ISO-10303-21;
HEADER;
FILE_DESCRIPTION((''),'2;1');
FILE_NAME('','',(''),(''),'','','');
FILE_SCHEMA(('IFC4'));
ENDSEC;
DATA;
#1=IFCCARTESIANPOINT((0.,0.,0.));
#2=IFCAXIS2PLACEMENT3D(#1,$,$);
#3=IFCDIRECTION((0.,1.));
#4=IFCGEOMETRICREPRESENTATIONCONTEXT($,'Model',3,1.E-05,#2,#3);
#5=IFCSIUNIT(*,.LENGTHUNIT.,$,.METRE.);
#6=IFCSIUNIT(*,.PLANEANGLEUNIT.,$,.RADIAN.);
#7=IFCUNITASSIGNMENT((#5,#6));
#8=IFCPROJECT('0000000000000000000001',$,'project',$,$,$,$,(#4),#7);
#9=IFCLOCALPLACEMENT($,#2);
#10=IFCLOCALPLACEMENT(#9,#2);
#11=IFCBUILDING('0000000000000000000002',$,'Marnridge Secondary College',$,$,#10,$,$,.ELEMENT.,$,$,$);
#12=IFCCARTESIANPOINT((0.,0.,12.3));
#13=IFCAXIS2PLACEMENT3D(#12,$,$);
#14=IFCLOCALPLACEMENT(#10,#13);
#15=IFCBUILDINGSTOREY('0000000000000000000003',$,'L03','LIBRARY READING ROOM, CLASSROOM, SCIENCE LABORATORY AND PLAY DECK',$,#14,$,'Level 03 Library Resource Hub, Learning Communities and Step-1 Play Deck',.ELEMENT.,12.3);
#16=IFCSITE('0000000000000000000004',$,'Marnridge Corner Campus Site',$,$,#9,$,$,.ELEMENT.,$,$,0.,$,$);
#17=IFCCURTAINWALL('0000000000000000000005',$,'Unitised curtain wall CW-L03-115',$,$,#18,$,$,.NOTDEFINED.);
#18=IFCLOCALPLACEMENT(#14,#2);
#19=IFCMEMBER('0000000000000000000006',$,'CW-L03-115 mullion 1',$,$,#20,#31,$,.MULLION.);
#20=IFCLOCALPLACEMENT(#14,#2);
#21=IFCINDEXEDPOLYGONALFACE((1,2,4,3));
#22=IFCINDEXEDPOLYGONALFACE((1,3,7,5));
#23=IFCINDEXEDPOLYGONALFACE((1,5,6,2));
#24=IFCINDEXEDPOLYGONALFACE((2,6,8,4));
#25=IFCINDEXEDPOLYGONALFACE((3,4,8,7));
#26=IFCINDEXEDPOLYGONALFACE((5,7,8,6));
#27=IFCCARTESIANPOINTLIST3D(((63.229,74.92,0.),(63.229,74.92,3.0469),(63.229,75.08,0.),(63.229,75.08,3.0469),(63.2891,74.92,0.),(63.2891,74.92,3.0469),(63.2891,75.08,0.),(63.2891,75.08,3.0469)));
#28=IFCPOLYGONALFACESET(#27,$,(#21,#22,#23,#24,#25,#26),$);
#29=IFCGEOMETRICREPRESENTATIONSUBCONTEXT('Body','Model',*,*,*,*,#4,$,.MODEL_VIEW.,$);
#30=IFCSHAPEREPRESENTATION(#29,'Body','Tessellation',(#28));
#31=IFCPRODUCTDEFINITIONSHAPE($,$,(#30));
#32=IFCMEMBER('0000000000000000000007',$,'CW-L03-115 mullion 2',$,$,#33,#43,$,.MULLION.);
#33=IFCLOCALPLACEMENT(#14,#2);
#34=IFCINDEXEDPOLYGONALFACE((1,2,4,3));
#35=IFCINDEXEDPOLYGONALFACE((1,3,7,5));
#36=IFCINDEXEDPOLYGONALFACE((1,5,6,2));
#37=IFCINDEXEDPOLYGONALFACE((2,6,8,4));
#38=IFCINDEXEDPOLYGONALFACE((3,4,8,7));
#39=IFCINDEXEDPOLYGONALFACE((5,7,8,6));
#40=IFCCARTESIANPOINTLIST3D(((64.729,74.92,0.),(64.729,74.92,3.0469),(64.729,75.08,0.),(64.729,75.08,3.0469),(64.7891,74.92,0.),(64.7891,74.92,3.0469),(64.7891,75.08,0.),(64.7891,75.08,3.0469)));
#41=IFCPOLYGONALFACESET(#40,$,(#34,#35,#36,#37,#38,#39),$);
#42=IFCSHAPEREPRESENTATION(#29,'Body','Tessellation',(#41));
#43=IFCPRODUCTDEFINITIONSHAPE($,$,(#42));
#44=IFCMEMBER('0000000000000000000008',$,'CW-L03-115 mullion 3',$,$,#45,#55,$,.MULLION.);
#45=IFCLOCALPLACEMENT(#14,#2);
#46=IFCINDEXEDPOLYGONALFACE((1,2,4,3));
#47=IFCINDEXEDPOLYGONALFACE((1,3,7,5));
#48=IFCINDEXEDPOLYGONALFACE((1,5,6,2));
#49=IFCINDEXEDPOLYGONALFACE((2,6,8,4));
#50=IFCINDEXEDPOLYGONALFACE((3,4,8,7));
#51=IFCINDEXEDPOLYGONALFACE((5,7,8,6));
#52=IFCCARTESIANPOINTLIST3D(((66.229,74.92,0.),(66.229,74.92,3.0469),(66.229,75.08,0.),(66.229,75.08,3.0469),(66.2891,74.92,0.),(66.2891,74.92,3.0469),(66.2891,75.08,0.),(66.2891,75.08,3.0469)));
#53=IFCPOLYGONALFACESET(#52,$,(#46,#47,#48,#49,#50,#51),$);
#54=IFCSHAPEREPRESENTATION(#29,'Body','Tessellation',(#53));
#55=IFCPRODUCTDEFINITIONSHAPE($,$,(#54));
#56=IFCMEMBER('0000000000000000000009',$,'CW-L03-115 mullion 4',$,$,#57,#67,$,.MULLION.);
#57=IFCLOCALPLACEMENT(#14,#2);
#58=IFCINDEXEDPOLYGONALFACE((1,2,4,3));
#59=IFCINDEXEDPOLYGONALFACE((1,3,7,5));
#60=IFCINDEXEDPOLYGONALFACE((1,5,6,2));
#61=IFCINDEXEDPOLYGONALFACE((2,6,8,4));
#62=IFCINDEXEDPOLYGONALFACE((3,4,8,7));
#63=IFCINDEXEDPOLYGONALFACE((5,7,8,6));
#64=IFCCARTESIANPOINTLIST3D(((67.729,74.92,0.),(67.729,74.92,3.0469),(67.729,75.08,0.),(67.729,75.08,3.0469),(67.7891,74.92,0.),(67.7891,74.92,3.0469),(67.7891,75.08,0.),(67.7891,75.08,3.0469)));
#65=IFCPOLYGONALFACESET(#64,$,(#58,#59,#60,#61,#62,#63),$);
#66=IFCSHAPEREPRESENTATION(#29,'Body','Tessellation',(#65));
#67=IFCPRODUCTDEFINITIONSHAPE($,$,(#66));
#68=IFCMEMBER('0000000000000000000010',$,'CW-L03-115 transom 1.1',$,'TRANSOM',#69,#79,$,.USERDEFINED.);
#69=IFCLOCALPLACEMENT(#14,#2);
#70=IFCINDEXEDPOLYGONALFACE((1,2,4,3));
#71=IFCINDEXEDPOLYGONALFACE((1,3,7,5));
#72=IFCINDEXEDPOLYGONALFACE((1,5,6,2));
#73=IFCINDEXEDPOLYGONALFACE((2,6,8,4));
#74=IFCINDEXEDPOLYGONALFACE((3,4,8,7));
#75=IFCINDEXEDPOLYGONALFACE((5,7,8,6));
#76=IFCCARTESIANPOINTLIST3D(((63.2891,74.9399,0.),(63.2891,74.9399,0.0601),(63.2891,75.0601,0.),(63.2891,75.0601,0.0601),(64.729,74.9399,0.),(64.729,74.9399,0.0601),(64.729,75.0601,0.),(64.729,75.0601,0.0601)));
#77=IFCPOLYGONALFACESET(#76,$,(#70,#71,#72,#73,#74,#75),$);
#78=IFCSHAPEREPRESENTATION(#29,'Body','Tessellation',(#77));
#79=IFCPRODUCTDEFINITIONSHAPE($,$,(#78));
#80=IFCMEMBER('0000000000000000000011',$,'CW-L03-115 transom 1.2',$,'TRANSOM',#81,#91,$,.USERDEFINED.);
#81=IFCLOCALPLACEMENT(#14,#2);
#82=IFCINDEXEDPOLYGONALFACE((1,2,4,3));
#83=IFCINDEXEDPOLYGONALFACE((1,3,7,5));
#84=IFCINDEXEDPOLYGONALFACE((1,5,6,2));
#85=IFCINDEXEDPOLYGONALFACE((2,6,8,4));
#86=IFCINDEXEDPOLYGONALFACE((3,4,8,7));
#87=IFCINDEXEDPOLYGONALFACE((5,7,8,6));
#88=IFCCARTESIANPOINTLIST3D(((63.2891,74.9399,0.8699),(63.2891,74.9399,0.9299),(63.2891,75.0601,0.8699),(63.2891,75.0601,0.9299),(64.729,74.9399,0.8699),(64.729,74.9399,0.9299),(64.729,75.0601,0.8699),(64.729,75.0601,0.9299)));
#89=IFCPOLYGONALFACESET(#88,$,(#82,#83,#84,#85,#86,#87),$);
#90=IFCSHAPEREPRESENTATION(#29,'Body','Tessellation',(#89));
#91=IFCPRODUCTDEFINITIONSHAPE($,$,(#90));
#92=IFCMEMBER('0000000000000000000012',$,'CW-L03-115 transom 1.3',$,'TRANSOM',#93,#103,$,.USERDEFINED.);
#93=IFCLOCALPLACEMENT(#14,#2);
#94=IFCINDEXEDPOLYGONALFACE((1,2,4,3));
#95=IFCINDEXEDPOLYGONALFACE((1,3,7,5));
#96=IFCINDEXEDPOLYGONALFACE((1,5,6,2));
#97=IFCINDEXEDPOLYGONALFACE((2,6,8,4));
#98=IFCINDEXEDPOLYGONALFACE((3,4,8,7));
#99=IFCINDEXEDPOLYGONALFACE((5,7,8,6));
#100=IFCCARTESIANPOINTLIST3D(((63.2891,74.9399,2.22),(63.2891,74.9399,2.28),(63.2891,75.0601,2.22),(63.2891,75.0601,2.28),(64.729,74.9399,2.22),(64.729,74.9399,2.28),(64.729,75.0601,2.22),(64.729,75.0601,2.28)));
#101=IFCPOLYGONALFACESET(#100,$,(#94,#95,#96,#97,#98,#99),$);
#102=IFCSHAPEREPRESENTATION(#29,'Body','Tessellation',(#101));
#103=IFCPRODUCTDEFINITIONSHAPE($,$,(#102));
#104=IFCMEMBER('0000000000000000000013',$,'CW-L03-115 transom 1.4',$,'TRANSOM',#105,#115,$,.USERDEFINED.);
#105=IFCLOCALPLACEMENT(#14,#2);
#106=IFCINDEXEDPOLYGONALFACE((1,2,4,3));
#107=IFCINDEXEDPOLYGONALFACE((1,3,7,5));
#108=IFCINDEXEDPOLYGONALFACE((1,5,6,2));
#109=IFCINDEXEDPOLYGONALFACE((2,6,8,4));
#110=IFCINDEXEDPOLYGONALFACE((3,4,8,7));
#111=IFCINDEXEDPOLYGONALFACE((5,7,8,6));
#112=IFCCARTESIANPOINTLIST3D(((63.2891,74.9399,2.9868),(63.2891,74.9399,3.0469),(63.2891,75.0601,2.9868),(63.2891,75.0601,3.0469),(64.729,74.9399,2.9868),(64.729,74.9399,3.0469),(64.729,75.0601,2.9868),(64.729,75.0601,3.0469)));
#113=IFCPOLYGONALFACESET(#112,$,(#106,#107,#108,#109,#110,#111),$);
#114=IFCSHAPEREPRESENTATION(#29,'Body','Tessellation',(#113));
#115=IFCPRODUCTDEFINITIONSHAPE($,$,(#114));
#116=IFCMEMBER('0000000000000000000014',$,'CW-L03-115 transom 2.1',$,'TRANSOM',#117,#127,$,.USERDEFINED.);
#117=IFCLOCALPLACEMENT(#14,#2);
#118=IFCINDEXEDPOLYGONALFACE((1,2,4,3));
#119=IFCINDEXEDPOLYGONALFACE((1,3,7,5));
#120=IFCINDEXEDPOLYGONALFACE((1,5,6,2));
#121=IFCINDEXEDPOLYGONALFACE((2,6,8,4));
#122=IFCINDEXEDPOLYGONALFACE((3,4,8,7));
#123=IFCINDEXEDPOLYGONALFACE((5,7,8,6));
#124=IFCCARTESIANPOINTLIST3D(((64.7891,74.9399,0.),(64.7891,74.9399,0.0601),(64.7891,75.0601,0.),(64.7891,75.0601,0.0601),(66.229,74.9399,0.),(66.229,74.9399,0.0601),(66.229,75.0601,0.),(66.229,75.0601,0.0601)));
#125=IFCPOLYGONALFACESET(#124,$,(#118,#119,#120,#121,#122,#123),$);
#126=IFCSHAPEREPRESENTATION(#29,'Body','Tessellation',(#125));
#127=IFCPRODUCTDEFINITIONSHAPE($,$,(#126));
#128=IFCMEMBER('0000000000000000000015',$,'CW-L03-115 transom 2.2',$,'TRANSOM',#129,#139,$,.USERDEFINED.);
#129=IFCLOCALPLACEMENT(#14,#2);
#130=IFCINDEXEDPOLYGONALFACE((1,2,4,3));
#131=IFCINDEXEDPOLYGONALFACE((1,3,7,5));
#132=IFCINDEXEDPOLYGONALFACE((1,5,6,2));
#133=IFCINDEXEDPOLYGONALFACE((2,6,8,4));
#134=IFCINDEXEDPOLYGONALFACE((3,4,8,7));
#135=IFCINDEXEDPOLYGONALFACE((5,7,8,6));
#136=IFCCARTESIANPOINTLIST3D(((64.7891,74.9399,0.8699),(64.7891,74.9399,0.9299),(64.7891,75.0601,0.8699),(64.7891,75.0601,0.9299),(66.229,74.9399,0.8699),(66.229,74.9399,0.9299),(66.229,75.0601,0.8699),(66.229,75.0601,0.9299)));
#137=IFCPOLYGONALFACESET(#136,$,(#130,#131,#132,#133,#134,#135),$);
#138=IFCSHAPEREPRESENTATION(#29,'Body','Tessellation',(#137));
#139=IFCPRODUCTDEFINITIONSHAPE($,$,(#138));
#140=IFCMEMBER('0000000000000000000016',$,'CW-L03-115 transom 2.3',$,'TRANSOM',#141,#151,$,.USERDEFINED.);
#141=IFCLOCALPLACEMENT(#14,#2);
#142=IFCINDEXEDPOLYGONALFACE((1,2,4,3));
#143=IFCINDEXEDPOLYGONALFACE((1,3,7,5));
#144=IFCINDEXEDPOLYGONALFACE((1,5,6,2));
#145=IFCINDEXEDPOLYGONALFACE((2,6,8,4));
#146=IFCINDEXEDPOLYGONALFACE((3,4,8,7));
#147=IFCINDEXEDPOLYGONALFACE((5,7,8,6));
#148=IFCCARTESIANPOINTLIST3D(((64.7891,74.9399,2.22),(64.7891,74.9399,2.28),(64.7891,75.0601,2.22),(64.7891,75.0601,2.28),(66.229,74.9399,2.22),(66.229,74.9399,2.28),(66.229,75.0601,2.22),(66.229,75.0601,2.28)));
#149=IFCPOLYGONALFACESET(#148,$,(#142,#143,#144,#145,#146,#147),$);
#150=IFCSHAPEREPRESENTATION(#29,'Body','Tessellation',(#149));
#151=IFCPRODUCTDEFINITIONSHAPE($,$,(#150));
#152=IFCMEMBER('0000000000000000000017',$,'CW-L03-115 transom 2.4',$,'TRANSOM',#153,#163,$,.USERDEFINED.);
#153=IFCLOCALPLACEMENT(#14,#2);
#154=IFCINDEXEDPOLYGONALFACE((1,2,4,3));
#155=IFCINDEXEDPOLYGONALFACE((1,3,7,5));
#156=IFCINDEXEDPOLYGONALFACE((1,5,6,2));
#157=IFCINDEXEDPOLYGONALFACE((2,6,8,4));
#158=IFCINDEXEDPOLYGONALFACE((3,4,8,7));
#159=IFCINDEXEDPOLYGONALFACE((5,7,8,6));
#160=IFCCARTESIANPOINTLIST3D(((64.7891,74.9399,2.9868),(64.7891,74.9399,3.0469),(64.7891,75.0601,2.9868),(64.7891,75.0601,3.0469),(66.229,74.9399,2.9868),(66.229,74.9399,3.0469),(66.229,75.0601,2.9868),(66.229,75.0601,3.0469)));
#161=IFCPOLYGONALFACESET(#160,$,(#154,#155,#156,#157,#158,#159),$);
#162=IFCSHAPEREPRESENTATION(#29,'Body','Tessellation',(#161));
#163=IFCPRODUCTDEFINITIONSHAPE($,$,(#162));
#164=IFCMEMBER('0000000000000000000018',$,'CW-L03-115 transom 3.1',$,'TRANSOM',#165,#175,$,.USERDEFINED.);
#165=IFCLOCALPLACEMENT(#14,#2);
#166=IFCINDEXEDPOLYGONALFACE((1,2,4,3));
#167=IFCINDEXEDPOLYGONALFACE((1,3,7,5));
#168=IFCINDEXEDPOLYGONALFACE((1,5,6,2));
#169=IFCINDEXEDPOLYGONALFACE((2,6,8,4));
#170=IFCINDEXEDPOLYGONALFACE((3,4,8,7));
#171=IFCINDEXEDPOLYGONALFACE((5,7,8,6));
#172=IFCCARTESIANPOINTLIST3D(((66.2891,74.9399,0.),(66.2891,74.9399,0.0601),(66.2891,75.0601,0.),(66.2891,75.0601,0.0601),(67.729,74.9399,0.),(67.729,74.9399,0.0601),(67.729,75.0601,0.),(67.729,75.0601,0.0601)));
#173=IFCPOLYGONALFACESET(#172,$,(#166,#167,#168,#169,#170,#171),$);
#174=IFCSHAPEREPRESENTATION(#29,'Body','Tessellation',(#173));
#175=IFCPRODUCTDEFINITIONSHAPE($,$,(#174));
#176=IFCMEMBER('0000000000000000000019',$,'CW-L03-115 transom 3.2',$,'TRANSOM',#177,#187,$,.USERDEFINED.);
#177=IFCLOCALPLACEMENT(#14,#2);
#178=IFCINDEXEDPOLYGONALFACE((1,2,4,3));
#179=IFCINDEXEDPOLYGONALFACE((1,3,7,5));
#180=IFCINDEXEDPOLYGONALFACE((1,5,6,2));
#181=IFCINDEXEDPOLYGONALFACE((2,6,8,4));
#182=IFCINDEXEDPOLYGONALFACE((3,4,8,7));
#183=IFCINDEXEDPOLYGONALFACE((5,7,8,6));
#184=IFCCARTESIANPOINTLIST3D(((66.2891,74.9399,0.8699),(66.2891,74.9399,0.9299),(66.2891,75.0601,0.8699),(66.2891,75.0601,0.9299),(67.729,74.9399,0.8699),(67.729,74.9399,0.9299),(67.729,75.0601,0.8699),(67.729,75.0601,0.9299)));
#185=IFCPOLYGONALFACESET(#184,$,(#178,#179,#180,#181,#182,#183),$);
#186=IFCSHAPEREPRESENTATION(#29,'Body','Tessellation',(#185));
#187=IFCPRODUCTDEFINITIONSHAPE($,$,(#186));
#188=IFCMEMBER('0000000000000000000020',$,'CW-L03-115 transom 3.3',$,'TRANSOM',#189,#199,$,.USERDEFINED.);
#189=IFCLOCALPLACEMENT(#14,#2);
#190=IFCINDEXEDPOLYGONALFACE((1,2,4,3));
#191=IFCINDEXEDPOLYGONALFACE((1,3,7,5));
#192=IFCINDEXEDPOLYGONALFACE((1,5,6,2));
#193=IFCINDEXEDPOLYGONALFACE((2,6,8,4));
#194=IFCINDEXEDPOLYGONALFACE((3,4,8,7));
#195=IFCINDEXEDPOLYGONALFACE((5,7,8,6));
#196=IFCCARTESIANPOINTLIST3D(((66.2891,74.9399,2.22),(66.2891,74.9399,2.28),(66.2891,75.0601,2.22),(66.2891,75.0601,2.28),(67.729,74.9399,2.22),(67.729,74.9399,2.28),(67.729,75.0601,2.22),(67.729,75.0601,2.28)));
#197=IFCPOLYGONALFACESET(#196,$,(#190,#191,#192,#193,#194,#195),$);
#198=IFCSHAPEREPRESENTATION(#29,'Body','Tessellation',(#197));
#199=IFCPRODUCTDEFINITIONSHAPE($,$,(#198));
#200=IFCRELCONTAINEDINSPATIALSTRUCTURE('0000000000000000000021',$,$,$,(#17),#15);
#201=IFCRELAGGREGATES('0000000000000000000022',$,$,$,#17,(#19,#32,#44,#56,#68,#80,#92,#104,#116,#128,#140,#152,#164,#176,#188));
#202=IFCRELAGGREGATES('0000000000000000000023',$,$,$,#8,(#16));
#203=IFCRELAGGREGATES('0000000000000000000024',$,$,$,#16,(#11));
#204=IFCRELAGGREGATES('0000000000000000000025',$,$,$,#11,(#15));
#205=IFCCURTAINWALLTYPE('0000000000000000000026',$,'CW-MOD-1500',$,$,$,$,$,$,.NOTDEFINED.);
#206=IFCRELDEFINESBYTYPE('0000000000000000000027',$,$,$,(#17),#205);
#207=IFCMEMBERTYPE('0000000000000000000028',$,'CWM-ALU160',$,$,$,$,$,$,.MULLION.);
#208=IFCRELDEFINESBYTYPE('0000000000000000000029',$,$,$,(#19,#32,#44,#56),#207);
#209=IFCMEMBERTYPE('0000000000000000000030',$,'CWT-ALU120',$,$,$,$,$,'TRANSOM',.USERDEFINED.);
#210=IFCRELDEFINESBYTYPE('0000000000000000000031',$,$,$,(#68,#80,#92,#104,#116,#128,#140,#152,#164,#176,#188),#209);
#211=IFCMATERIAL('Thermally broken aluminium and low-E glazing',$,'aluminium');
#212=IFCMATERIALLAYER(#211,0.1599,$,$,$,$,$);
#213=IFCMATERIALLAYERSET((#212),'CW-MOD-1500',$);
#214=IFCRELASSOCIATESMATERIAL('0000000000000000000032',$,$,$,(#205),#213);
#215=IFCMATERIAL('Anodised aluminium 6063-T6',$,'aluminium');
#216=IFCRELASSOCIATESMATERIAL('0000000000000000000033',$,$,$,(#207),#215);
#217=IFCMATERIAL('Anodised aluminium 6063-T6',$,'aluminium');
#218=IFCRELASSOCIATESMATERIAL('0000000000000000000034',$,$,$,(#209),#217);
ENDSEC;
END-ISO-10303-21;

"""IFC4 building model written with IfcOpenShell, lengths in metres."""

from ifc_helpers import new_model, si_unit, direction, frame, origin, origin_2d, place, context, subcontext, project, spatial, rectangle, extrude, material, layer, layer_set, material_profile, profile_set, type_object, element, aggregate, save


model = new_model("IFC4")

# Units and contexts
model_context = context("Model", 3, precision=1e-05, world=origin(), true_north=direction((0.0, 1.0)))
body_context = subcontext(model_context, "Body", "Model", "MODEL_VIEW")
ifc_project = project(units=[si_unit("LENGTHUNIT", "METRE"), si_unit("PLANEANGLEUNIT", "RADIAN")], contexts=[model_context])

# Site, building, storey
site_placement = place(None, origin())
site = spatial("IfcSite", under=ifc_project, at=site_placement, Name="Marnridge Corner Campus Site", CompositionType="ELEMENT", RefElevation=0.0)
building_placement = place(site_placement, origin())
building = spatial("IfcBuilding", under=site, at=building_placement, Name="Marnridge Secondary College", CompositionType="ELEMENT")
storey_placement = place(building_placement, frame((0.0, 0.0, 12.3)))
storey = spatial("IfcBuildingStorey", under=building, at=storey_placement, Name="L03", Description="LIBRARY READING ROOM, CLASSROOM, SCIENCE LABORATORY AND PLAY DECK", LongName="Level 03 Library Resource Hub, Learning Communities and Step-1 Play Deck", CompositionType="ELEMENT", Elevation=12.3)

# Curtain wall, members
ifc_material_1 = material(Name="Thermally broken aluminium and low-E glazing", Category="aluminium")
ifc_layer_1 = layer(ifc_material_1, 0.1599)
ifc_layer_set_1 = layer_set([ifc_layer_1], Name="CW-MOD-1500")
curtain_wall_type = type_object("IfcCurtainWallType", Name="CW-MOD-1500", PredefinedType="NOTDEFINED", material=ifc_layer_set_1)
curtain_wall_placement = place(storey_placement, origin())
curtain_wall = element("IfcCurtainWall", 1, at=curtain_wall_placement, inside=storey, type_object=curtain_wall_type, Name="Unitised curtain wall CW-L03-115", PredefinedType="NOTDEFINED")
ifc_material_2 = material(Name="Anodised aluminium 6063-T6", Category="aluminium")
ifc_material_profile_1 = material_profile(ifc_material_2, rectangle(XDim=0.0601, YDim=0.1599, at=origin_2d()), Name="ALU 60x160")
ifc_profile_set_1 = profile_set([ifc_material_profile_1], Name="Anodised aluminium 6063-T6")
member_type_1 = type_object("IfcMemberType", Name="CWM-ALU160", PredefinedType="MULLION", material=ifc_profile_set_1)
member_1_placement = place(storey_placement, frame((63.259, 75.0, 0.0), z_axis=(0.0, 0.0, 1.0), x_axis=(1.0, 0.0, 0.0)))
member_1 = element("IfcMember", 2, at=member_1_placement, type_object=member_type_1, Name="CW-L03-115 mullion 1", PredefinedType="MULLION", context=body_context, shape_type="SweptSolid", body=[
    extrude(rectangle(XDim=0.0601, YDim=0.1599, at=origin_2d()), origin(), (0.0, 0.0, 1.0), 3.0469),
])
member_2_placement = place(storey_placement, frame((64.759, 75.0, 0.0), z_axis=(0.0, 0.0, 1.0), x_axis=(1.0, 0.0, 0.0)))
member_2 = element("IfcMember", 3, at=member_2_placement, type_object=member_type_1, Name="CW-L03-115 mullion 2", PredefinedType="MULLION", context=body_context, shape_type="SweptSolid", body=[
    extrude(rectangle(XDim=0.0601, YDim=0.1599, at=origin_2d()), origin(), (0.0, 0.0, 1.0), 3.0469),
])
member_3_placement = place(storey_placement, frame((66.259, 75.0, 0.0), z_axis=(0.0, 0.0, 1.0), x_axis=(1.0, 0.0, 0.0)))
member_3 = element("IfcMember", 4, at=member_3_placement, type_object=member_type_1, Name="CW-L03-115 mullion 3", PredefinedType="MULLION", context=body_context, shape_type="SweptSolid", body=[
    extrude(rectangle(XDim=0.0601, YDim=0.1599, at=origin_2d()), origin(), (0.0, 0.0, 1.0), 3.0469),
])
member_4_placement = place(storey_placement, frame((67.759, 75.0, 0.0), z_axis=(0.0, 0.0, 1.0), x_axis=(1.0, 0.0, 0.0)))
member_4 = element("IfcMember", 5, at=member_4_placement, type_object=member_type_1, Name="CW-L03-115 mullion 4", PredefinedType="MULLION", context=body_context, shape_type="SweptSolid", body=[
    extrude(rectangle(XDim=0.0601, YDim=0.1599, at=origin_2d()), origin(), (0.0, 0.0, 1.0), 3.0469),
])
ifc_material_3 = material(Name="Anodised aluminium 6063-T6", Category="aluminium")
ifc_material_profile_2 = material_profile(ifc_material_3, rectangle(XDim=0.0601, YDim=0.1201, at=origin_2d()), Name="ALU 60x120")
ifc_profile_set_2 = profile_set([ifc_material_profile_2], Name="Anodised aluminium 6063-T6")
member_type_2 = type_object("IfcMemberType", Name="CWT-ALU120", ElementType="TRANSOM", PredefinedType="USERDEFINED", material=ifc_profile_set_2)
member_5_placement = place(storey_placement, frame((63.2891, 75.0, 0.03), z_axis=(1.0, 0.0, 0.0), x_axis=(0.0, 0.0, 1.0)))
member_5 = element("IfcMember", 6, at=member_5_placement, type_object=member_type_2, Name="CW-L03-115 transom 1.1", ObjectType="TRANSOM", PredefinedType="USERDEFINED", context=body_context, shape_type="SweptSolid", body=[
    extrude(rectangle(XDim=0.0601, YDim=0.1201, at=origin_2d()), origin(), (0.0, 0.0, 1.0), 1.4399),
])
member_6_placement = place(storey_placement, frame((63.2891, 75.0, 0.8999), z_axis=(1.0, 0.0, 0.0), x_axis=(0.0, 0.0, 1.0)))
member_6 = element("IfcMember", 7, at=member_6_placement, type_object=member_type_2, Name="CW-L03-115 transom 1.2", ObjectType="TRANSOM", PredefinedType="USERDEFINED", context=body_context, shape_type="SweptSolid", body=[
    extrude(rectangle(XDim=0.0601, YDim=0.1201, at=origin_2d()), origin(), (0.0, 0.0, 1.0), 1.4399),
])
member_7_placement = place(storey_placement, frame((63.2891, 75.0, 2.25), z_axis=(1.0, 0.0, 0.0), x_axis=(0.0, 0.0, 1.0)))
member_7 = element("IfcMember", 8, at=member_7_placement, type_object=member_type_2, Name="CW-L03-115 transom 1.3", ObjectType="TRANSOM", PredefinedType="USERDEFINED", context=body_context, shape_type="SweptSolid", body=[
    extrude(rectangle(XDim=0.0601, YDim=0.1201, at=origin_2d()), origin(), (0.0, 0.0, 1.0), 1.4399),
])
member_8_placement = place(storey_placement, frame((63.2891, 75.0, 3.0168), z_axis=(1.0, 0.0, 0.0), x_axis=(0.0, 0.0, 1.0)))
member_8 = element("IfcMember", 9, at=member_8_placement, type_object=member_type_2, Name="CW-L03-115 transom 1.4", ObjectType="TRANSOM", PredefinedType="USERDEFINED", context=body_context, shape_type="SweptSolid", body=[
    extrude(rectangle(XDim=0.0601, YDim=0.1201, at=origin_2d()), origin(), (0.0, 0.0, 1.0), 1.4399),
])
member_9_placement = place(storey_placement, frame((64.7891, 75.0, 0.03), z_axis=(1.0, 0.0, 0.0), x_axis=(0.0, 0.0, 1.0)))
member_9 = element("IfcMember", 10, at=member_9_placement, type_object=member_type_2, Name="CW-L03-115 transom 2.1", ObjectType="TRANSOM", PredefinedType="USERDEFINED", context=body_context, shape_type="SweptSolid", body=[
    extrude(rectangle(XDim=0.0601, YDim=0.1201, at=origin_2d()), origin(), (0.0, 0.0, 1.0), 1.4399),
])
member_10_placement = place(storey_placement, frame((64.7891, 75.0, 0.8999), z_axis=(1.0, 0.0, 0.0), x_axis=(0.0, 0.0, 1.0)))
member_10 = element("IfcMember", 11, at=member_10_placement, type_object=member_type_2, Name="CW-L03-115 transom 2.2", ObjectType="TRANSOM", PredefinedType="USERDEFINED", context=body_context, shape_type="SweptSolid", body=[
    extrude(rectangle(XDim=0.0601, YDim=0.1201, at=origin_2d()), origin(), (0.0, 0.0, 1.0), 1.4399),
])
member_11_placement = place(storey_placement, frame((64.7891, 75.0, 2.25), z_axis=(1.0, 0.0, 0.0), x_axis=(0.0, 0.0, 1.0)))
member_11 = element("IfcMember", 12, at=member_11_placement, type_object=member_type_2, Name="CW-L03-115 transom 2.3", ObjectType="TRANSOM", PredefinedType="USERDEFINED", context=body_context, shape_type="SweptSolid", body=[
    extrude(rectangle(XDim=0.0601, YDim=0.1201, at=origin_2d()), origin(), (0.0, 0.0, 1.0), 1.4399),
])
member_12_placement = place(storey_placement, frame((64.7891, 75.0, 3.0168), z_axis=(1.0, 0.0, 0.0), x_axis=(0.0, 0.0, 1.0)))
member_12 = element("IfcMember", 13, at=member_12_placement, type_object=member_type_2, Name="CW-L03-115 transom 2.4", ObjectType="TRANSOM", PredefinedType="USERDEFINED", context=body_context, shape_type="SweptSolid", body=[
    extrude(rectangle(XDim=0.0601, YDim=0.1201, at=origin_2d()), origin(), (0.0, 0.0, 1.0), 1.4399),
])
member_13_placement = place(storey_placement, frame((66.2891, 75.0, 0.03), z_axis=(1.0, 0.0, 0.0), x_axis=(0.0, 0.0, 1.0)))
member_13 = element("IfcMember", 14, at=member_13_placement, type_object=member_type_2, Name="CW-L03-115 transom 3.1", ObjectType="TRANSOM", PredefinedType="USERDEFINED", context=body_context, shape_type="SweptSolid", body=[
    extrude(rectangle(XDim=0.0601, YDim=0.1201, at=origin_2d()), origin(), (0.0, 0.0, 1.0), 1.4399),
])
member_14_placement = place(storey_placement, frame((66.2891, 75.0, 0.8999), z_axis=(1.0, 0.0, 0.0), x_axis=(0.0, 0.0, 1.0)))
member_14 = element("IfcMember", 15, at=member_14_placement, type_object=member_type_2, Name="CW-L03-115 transom 3.2", ObjectType="TRANSOM", PredefinedType="USERDEFINED", context=body_context, shape_type="SweptSolid", body=[
    extrude(rectangle(XDim=0.0601, YDim=0.1201, at=origin_2d()), origin(), (0.0, 0.0, 1.0), 1.4399),
])
member_15_placement = place(storey_placement, frame((66.2891, 75.0, 2.25), z_axis=(1.0, 0.0, 0.0), x_axis=(0.0, 0.0, 1.0)))
member_15 = element("IfcMember", 16, at=member_15_placement, type_object=member_type_2, Name="CW-L03-115 transom 3.3", ObjectType="TRANSOM", PredefinedType="USERDEFINED", context=body_context, shape_type="SweptSolid", body=[
    extrude(rectangle(XDim=0.0601, YDim=0.1201, at=origin_2d()), origin(), (0.0, 0.0, 1.0), 1.4399),
])
aggregate(curtain_wall, [member_1, member_2, member_3, member_4, member_5, member_6, member_7, member_8, member_9, member_10, member_11, member_12, member_13, member_14, member_15])

save(model, "model.ifc")
